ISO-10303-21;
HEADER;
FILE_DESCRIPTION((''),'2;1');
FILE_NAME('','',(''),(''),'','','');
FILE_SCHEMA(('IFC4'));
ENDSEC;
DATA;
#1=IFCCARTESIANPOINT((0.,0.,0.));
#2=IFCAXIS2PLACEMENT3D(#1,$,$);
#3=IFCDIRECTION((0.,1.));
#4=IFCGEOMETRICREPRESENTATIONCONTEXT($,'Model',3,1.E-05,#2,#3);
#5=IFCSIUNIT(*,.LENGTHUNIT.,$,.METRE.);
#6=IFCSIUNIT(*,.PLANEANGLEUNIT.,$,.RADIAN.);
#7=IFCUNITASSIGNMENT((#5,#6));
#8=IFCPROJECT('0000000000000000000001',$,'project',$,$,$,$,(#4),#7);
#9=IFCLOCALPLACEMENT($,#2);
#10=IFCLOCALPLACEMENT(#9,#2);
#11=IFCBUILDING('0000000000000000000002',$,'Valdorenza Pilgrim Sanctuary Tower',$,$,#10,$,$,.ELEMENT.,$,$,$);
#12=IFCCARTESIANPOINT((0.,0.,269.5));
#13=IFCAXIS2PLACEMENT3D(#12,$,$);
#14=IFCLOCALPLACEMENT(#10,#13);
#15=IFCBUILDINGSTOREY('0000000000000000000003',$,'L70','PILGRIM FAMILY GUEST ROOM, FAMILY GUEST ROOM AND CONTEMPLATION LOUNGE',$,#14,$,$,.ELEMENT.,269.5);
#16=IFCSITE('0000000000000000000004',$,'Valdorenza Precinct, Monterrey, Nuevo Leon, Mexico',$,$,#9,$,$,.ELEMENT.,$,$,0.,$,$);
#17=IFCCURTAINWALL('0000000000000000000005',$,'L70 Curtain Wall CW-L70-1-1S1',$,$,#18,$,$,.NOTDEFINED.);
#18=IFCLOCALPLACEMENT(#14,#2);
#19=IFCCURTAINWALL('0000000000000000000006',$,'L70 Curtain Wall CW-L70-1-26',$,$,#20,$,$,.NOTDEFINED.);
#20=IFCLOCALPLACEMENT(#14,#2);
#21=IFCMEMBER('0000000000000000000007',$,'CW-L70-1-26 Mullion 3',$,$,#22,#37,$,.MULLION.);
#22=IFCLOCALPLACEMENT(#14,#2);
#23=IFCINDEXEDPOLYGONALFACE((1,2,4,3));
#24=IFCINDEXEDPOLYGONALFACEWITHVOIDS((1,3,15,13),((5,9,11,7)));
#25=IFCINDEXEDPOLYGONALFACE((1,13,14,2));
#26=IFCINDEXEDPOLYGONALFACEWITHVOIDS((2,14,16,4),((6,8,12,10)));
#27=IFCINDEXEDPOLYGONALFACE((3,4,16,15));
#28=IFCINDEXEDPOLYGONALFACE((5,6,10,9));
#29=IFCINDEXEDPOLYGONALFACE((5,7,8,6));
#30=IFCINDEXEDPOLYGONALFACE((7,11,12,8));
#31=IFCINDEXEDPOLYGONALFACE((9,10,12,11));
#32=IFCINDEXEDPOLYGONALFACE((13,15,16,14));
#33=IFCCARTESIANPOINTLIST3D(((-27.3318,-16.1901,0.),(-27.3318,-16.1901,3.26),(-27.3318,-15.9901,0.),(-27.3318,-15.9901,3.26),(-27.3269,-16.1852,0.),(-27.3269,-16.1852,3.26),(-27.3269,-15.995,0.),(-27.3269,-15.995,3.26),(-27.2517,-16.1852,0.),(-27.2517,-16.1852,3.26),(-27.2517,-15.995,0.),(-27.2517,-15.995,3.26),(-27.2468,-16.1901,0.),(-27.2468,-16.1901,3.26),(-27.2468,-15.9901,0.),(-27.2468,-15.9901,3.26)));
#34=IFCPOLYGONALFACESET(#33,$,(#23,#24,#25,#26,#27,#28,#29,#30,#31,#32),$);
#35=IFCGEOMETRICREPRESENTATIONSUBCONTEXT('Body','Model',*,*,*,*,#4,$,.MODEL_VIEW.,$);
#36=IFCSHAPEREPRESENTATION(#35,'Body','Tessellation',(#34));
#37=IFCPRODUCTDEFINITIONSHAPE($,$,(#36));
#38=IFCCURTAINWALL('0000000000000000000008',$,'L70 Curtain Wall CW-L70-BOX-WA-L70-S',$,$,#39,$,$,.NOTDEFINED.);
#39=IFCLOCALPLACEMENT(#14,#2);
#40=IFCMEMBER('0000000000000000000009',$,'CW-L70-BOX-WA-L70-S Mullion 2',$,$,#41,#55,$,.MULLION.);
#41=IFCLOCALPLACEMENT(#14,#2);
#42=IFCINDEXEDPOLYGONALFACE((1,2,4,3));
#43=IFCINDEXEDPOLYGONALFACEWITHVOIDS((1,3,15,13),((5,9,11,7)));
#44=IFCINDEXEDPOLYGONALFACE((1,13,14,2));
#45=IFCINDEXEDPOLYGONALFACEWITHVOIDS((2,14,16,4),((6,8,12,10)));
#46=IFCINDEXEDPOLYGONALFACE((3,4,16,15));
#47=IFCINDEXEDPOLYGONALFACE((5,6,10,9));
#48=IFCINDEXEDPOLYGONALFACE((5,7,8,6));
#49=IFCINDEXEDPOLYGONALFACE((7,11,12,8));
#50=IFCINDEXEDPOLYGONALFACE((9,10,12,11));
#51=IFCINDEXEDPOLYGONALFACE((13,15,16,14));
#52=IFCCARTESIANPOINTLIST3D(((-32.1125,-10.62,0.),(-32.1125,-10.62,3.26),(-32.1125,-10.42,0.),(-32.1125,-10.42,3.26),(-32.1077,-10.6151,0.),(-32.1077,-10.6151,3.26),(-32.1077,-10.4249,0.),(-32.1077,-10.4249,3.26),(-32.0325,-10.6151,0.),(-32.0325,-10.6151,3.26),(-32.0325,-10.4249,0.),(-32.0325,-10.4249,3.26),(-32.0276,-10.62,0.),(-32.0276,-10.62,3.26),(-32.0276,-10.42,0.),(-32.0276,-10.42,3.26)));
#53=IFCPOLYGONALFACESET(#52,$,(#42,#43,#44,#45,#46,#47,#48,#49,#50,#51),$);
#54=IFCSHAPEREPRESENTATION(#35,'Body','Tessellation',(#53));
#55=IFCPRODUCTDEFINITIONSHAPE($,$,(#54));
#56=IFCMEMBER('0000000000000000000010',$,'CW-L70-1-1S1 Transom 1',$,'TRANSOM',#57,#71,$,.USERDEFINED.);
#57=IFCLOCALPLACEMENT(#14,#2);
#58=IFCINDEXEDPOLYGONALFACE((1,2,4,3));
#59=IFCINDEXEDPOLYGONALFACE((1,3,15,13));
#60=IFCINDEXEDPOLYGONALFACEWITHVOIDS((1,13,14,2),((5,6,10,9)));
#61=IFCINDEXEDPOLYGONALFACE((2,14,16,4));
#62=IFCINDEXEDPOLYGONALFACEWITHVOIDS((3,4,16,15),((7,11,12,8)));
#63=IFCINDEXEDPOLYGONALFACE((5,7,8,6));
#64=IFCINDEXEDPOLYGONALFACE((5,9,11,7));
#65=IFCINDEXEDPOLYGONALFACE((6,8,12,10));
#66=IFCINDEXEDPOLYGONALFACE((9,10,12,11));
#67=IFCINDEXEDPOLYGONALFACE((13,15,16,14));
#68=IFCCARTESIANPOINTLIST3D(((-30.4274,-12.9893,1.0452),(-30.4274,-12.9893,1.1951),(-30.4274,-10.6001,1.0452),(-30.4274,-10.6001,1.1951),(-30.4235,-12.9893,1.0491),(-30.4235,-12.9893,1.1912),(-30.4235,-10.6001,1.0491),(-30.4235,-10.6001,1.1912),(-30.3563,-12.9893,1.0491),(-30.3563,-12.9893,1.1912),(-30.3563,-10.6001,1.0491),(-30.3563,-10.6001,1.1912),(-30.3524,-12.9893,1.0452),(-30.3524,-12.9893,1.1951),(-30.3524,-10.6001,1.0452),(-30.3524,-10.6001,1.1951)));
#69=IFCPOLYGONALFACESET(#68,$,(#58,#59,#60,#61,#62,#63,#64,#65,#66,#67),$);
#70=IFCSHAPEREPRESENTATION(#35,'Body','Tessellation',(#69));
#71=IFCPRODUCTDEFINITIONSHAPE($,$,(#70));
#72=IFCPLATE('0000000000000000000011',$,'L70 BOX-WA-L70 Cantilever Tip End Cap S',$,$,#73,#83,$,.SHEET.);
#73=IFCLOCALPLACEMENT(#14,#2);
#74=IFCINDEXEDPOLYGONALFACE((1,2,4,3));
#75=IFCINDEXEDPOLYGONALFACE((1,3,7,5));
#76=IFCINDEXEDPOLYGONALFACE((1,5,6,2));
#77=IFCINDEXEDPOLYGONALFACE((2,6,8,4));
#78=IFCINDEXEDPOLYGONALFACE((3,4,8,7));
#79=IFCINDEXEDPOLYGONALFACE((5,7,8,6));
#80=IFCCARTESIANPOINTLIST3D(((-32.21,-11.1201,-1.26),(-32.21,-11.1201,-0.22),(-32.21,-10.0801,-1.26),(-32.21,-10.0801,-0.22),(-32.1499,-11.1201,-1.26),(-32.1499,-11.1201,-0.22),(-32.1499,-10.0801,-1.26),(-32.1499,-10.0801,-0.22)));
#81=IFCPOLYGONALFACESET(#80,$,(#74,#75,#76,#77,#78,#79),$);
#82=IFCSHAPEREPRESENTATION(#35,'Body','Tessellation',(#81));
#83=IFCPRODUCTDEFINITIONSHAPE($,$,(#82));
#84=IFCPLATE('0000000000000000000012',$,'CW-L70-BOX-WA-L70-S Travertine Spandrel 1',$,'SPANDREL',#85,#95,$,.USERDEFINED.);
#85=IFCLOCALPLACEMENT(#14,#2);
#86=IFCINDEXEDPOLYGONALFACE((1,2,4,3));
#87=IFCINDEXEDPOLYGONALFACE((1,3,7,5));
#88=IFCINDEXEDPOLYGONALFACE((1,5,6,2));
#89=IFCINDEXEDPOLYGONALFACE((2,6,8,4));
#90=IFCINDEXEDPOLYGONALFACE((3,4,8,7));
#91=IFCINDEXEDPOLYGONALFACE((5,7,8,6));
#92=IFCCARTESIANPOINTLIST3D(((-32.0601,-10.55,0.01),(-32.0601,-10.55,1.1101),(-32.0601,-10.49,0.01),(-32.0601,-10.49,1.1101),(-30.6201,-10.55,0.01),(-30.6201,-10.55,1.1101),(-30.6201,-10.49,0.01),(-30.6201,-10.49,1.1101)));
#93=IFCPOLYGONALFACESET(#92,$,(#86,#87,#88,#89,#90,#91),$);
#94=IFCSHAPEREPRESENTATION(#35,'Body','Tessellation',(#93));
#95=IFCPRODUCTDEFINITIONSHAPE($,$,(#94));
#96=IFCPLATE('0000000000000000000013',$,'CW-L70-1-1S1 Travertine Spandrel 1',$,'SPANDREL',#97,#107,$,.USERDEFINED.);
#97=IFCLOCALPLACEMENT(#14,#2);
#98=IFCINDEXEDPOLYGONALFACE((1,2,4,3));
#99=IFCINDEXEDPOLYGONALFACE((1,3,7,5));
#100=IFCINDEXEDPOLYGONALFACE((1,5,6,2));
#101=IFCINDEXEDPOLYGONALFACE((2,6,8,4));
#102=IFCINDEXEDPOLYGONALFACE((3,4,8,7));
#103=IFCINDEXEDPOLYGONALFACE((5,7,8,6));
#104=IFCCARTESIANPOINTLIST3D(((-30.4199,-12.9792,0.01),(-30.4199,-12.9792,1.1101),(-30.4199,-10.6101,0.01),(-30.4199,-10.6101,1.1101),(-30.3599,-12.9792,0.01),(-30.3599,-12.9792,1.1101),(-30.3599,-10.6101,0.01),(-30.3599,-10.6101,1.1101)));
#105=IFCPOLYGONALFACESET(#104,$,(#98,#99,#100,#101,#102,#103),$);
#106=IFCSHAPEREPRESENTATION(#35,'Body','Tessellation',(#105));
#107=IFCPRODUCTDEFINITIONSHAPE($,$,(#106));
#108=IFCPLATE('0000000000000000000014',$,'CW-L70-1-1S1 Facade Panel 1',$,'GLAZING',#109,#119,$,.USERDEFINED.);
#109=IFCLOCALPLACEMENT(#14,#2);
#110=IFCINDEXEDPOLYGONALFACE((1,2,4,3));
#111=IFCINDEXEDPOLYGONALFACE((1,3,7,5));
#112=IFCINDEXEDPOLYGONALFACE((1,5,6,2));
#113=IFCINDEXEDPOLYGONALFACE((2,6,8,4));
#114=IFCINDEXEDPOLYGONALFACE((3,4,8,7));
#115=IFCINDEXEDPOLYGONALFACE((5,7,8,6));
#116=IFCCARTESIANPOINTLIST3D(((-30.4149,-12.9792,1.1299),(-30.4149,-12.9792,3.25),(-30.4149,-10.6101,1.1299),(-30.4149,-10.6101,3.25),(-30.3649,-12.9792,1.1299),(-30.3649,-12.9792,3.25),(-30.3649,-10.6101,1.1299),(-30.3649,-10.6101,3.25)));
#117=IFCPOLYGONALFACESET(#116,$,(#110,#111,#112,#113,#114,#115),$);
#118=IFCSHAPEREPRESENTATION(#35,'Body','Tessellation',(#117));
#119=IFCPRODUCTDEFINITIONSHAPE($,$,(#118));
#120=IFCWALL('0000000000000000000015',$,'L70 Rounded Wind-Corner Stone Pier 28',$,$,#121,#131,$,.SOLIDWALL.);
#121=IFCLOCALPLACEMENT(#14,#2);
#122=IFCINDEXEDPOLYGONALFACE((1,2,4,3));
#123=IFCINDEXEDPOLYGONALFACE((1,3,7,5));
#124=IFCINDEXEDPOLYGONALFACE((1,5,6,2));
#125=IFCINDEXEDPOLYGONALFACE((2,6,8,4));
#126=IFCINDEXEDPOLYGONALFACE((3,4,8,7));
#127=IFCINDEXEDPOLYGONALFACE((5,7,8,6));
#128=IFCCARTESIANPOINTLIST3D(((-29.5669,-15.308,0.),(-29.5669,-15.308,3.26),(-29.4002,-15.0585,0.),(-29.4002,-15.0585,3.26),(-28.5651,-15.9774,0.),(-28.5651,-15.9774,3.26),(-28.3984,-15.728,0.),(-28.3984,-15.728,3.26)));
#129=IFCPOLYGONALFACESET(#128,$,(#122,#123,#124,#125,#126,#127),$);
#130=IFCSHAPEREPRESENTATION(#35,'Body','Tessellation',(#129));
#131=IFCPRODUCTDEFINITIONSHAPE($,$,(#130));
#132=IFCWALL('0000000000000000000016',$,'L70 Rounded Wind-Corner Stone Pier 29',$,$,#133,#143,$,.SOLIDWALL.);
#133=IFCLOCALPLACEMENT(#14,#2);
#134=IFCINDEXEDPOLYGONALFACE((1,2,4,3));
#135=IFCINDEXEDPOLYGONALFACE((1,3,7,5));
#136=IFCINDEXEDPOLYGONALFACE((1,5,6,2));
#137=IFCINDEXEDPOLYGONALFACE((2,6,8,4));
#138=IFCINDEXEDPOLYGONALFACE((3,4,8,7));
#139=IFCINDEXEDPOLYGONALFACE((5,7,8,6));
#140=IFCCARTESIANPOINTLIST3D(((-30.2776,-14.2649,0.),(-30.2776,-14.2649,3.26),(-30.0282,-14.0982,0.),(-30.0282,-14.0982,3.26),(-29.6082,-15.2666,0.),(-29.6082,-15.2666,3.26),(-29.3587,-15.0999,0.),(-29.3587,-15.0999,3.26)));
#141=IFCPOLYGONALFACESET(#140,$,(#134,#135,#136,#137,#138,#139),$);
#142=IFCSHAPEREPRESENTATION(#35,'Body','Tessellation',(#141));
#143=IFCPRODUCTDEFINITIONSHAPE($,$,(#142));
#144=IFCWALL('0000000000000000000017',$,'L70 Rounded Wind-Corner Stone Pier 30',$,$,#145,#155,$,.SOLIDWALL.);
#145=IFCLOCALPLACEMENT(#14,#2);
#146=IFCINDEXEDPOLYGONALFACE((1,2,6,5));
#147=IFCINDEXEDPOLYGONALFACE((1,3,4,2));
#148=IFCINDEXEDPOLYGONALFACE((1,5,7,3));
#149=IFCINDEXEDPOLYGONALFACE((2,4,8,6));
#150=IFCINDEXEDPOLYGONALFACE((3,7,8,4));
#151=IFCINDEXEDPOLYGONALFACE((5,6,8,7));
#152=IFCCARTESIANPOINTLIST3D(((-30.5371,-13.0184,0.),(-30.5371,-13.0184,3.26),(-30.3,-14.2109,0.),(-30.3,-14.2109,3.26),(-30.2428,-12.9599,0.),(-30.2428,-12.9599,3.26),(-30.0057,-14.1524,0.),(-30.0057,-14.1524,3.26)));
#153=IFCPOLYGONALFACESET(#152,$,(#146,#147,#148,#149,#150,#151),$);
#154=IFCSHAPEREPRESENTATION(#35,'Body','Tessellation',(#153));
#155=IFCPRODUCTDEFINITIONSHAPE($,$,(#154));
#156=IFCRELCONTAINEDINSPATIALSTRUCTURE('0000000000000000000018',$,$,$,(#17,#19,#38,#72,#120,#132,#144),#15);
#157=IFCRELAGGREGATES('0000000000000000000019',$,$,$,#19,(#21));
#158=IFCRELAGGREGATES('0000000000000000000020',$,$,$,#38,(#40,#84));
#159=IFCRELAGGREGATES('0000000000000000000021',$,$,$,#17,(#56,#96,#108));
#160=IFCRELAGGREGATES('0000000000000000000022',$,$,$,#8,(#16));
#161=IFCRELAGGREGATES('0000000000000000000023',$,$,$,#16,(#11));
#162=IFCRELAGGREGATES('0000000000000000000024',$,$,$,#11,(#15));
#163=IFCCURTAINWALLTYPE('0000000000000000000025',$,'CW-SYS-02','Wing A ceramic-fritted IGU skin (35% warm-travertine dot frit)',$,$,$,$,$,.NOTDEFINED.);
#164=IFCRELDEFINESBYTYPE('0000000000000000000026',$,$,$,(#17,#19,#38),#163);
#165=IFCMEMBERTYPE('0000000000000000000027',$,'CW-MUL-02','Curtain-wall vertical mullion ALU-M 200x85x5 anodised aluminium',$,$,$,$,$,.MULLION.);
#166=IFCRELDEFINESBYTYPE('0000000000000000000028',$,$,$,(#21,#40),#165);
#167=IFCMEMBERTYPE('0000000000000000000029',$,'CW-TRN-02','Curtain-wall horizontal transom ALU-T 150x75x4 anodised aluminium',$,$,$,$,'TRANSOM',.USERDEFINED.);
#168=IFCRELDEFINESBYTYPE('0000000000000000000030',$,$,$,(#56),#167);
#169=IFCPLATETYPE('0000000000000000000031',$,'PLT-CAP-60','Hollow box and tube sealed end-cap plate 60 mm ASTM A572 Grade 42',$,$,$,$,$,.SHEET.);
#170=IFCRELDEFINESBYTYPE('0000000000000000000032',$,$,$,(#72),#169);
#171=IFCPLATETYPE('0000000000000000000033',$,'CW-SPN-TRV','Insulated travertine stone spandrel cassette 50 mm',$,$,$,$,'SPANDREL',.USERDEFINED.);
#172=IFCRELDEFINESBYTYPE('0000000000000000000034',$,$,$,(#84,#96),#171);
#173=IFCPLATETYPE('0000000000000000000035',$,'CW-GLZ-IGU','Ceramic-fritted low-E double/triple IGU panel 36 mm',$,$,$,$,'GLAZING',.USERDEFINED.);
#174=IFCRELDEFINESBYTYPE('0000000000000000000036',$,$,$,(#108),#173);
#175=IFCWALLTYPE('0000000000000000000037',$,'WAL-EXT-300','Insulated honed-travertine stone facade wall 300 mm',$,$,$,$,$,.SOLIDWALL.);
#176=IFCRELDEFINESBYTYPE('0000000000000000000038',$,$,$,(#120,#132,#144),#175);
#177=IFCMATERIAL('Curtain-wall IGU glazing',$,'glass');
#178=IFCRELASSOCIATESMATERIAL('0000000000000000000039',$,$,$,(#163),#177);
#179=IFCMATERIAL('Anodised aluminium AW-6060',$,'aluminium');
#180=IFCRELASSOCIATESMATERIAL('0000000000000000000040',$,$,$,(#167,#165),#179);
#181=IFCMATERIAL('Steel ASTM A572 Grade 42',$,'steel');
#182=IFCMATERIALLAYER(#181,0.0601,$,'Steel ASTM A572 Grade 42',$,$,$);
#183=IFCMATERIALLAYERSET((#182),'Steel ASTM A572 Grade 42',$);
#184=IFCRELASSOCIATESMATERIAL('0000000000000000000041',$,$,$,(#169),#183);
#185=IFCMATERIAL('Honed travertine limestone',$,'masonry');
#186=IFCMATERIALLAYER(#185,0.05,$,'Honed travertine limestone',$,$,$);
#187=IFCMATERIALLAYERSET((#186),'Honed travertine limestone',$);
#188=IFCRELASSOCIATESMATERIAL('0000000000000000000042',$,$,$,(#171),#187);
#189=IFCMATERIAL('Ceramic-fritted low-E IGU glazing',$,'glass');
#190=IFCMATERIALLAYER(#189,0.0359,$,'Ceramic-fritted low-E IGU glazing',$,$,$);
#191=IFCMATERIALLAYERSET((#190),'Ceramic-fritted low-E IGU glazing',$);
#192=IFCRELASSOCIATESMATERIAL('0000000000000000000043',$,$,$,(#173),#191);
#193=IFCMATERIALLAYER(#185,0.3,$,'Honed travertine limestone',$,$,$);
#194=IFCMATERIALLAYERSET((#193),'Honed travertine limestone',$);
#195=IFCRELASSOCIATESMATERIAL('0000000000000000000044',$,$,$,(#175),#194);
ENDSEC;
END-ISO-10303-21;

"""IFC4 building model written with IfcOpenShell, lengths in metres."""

from ifc_helpers import new_model, si_unit, direction, frame, frame_2d, origin, origin_2d, place, context, subcontext, project, spatial, rectangle, hollow_rectangle, extrude, source, transform, mapped, material, layer, layer_set, material_profile, profile_set, type_object, element, aggregate, save


model = new_model("IFC4")

# Units and contexts
model_context = context("Model", 3, precision=1e-05, world=origin(), true_north=direction((0.0, 1.0)))
body_context = subcontext(model_context, "Body", "Model", "MODEL_VIEW")
ifc_project = project(units=[si_unit("LENGTHUNIT", "METRE"), si_unit("PLANEANGLEUNIT", "RADIAN")], contexts=[model_context])

# Site, building, storey
site_placement = place(None, origin())
site = spatial("IfcSite", under=ifc_project, at=site_placement, Name="Valdorenza Precinct, Monterrey, Nuevo Leon, Mexico", CompositionType="ELEMENT", RefElevation=0.0)
building_placement = place(site_placement, origin())
building = spatial("IfcBuilding", under=site, at=building_placement, Name="Valdorenza Pilgrim Sanctuary Tower", CompositionType="ELEMENT")
storey_placement = place(building_placement, frame((0.0, 0.0, 269.5)))
storey = spatial("IfcBuildingStorey", under=building, at=storey_placement, Name="L70", Description="PILGRIM FAMILY GUEST ROOM, FAMILY GUEST ROOM AND CONTEMPLATION LOUNGE", CompositionType="ELEMENT", Elevation=269.5)

# Shared definitions
ifc_material_1 = material(Name="Steel ASTM A572 Grade 42", Category="steel")

# Shared definitions
ifc_material_2 = material(Name="Curtain-wall IGU glazing", Category="glass")
curtain_wall_type = type_object("IfcCurtainWallType", Name="CW-SYS-02", Description="Wing A ceramic-fritted IGU skin (35% warm-travertine dot frit)", PredefinedType="NOTDEFINED", material=ifc_material_2)
ifc_material_3 = material(Name="Anodised aluminium AW-6060", Category="aluminium")
ifc_material_profile_1 = material_profile(ifc_material_3, hollow_rectangle(XDim=0.075, YDim=0.1499, WallThickness=0.0039, at=origin_2d()), Name="ALU-T 150x75x4")
ifc_profile_set_1 = profile_set([ifc_material_profile_1], Name="Anodised aluminium AW-6060")
member_type_1 = type_object("IfcMemberType", Name="CW-TRN-02", Description="Curtain-wall horizontal transom ALU-T 150x75x4 anodised aluminium", ElementType="TRANSOM", PredefinedType="USERDEFINED", material=ifc_profile_set_1)

# Curtain wall
curtain_wall_1_placement = place(storey_placement, origin())
curtain_wall_1 = element("IfcCurtainWall", 1, at=curtain_wall_1_placement, inside=storey, type_object=curtain_wall_type, Name="L70 Curtain Wall CW-L70-1-1S1", PredefinedType="NOTDEFINED")
ifc_material_profile_2 = material_profile(ifc_material_3, hollow_rectangle(XDim=0.085, YDim=0.2, WallThickness=0.0049, at=origin_2d()), Name="ALU-M 200x85x5")
ifc_profile_set_2 = profile_set([ifc_material_profile_2], Name="Anodised aluminium AW-6060")
member_type_2 = type_object("IfcMemberType", Name="CW-MUL-02", Description="Curtain-wall vertical mullion ALU-M 200x85x5 anodised aluminium", PredefinedType="MULLION", material=ifc_profile_set_2)
shared_shape_1 = source(origin(), body_context, "Body", "SweptSolid", [
    extrude(hollow_rectangle(XDim=0.085, YDim=0.2, WallThickness=0.0049, at=origin_2d()), origin(), (0.0, 0.0, 1.0), 3.26),
])

# Curtain walls, members
curtain_wall_2_placement = place(storey_placement, origin())
curtain_wall_2 = element("IfcCurtainWall", 2, at=curtain_wall_2_placement, inside=storey, type_object=curtain_wall_type, Name="L70 Curtain Wall CW-L70-1-26", PredefinedType="NOTDEFINED")
member_1_placement = place(storey_placement, frame((-27.2893, -16.0901, 0.0), z_axis=(0.0, 0.0, 1.0), x_axis=(-1.0, 0.0, 0.0)))
member_1 = element("IfcMember", 3, at=member_1_placement, type_object=member_type_2, Name="CW-L70-1-26 Mullion 3", PredefinedType="MULLION", context=body_context, shape_type="MappedRepresentation", body=[
    mapped(shared_shape_1, transform((0.0, 0.0, 0.0), x_axis=(1.0, 0.0, 0.0), y_axis=(0.0, 1.0, 0.0), z_axis=(0.0, 0.0, 1.0), scale=1.0)),
])
aggregate(curtain_wall_2, [member_1])
curtain_wall_3_placement = place(storey_placement, origin())
curtain_wall_3 = element("IfcCurtainWall", 4, at=curtain_wall_3_placement, inside=storey, type_object=curtain_wall_type, Name="L70 Curtain Wall CW-L70-BOX-WA-L70-S", PredefinedType="NOTDEFINED")
member_2_placement = place(storey_placement, frame((-32.0701, -10.52, 0.0), z_axis=(0.0, 0.0, 1.0), x_axis=(-1.0, 0.0, 0.0)))
member_2 = element("IfcMember", 5, at=member_2_placement, type_object=member_type_2, Name="CW-L70-BOX-WA-L70-S Mullion 2", PredefinedType="MULLION", context=body_context, shape_type="MappedRepresentation", body=[
    mapped(shared_shape_1, transform((0.0, 0.0, 0.0), x_axis=(1.0, 0.0, 0.0), y_axis=(0.0, 1.0, 0.0), z_axis=(0.0, 0.0, 1.0), scale=1.0)),
])

# Member
shared_shape_2 = source(origin(), body_context, "Body", "SweptSolid", [
    extrude(hollow_rectangle(XDim=0.075, YDim=0.1499, WallThickness=0.0039, at=origin_2d()), origin(), (0.0, 0.0, 1.0), 2.3892),
])
member_3_placement = place(storey_placement, frame((-30.3899, -12.9893, 1.1201), z_axis=(0.0, 1.0, 0.0), x_axis=(-1.0, 0.0, 0.0)))
member_3 = element("IfcMember", 6, at=member_3_placement, type_object=member_type_1, Name="CW-L70-1-1S1 Transom 1", ObjectType="TRANSOM", PredefinedType="USERDEFINED", context=body_context, shape_type="MappedRepresentation", body=[
    mapped(shared_shape_2, transform((0.0, 0.0, 0.0), x_axis=(1.0, 0.0, 0.0), y_axis=(0.0, 1.0, 0.0), z_axis=(0.0, 0.0, 1.0), scale=1.0)),
])

# Plates
ifc_layer_1 = layer(ifc_material_1, 0.0601, Name="Steel ASTM A572 Grade 42")
ifc_layer_set_1 = layer_set([ifc_layer_1], Name="Steel ASTM A572 Grade 42")
plate_type_1 = type_object("IfcPlateType", Name="PLT-CAP-60", Description="Hollow box and tube sealed end-cap plate 60 mm ASTM A572 Grade 42", PredefinedType="SHEET", material=ifc_layer_set_1)
shared_shape_3 = source(origin(), body_context, "Body", "SweptSolid", [
    extrude(rectangle(XDim=0.0601, YDim=1.04, at=origin_2d()), origin(), (0.0, 0.0, 1.0), 1.04),
])
plate_1_placement = place(storey_placement, frame((-32.1799, -10.6001, -1.26), z_axis=(0.0, 0.0, 1.0), x_axis=(1.0, 0.0, 0.0)))
element("IfcPlate", 7, at=plate_1_placement, inside=storey, type_object=plate_type_1, Name="L70 BOX-WA-L70 Cantilever Tip End Cap S", PredefinedType="SHEET", context=body_context, shape_type="MappedRepresentation", body=[
    mapped(shared_shape_3, transform((0.0, 0.0, 0.0), x_axis=(1.0, 0.0, 0.0), y_axis=(0.0, 1.0, 0.0), z_axis=(0.0, 0.0, 1.0), scale=1.0)),
])
ifc_material_4 = material(Name="Honed travertine limestone", Category="masonry")
ifc_layer_2 = layer(ifc_material_4, 0.05, Name="Honed travertine limestone")
ifc_layer_set_2 = layer_set([ifc_layer_2], Name="Honed travertine limestone")
plate_type_2 = type_object("IfcPlateType", Name="CW-SPN-TRV", Description="Insulated travertine stone spandrel cassette 50 mm", ElementType="SPANDREL", PredefinedType="USERDEFINED", material=ifc_layer_set_2)
shared_shape_4 = source(origin(), body_context, "Body", "SweptSolid", [
    extrude(rectangle(XDim=1.4399, YDim=0.0601, at=origin_2d()), origin(), (0.0, 0.0, 1.0), 1.1001),
])
plate_2_placement = place(storey_placement, frame((-31.3401, -10.52, 0.01), z_axis=(0.0, 0.0, 1.0), x_axis=(-1.0, 0.0, 0.0)))
plate_2 = element("IfcPlate", 8, at=plate_2_placement, type_object=plate_type_2, Name="CW-L70-BOX-WA-L70-S Travertine Spandrel 1", ObjectType="SPANDREL", PredefinedType="USERDEFINED", context=body_context, shape_type="MappedRepresentation", body=[
    mapped(shared_shape_4, transform((0.0, 0.0, 0.0), x_axis=(1.0, 0.0, 0.0), y_axis=(0.0, 1.0, 0.0), z_axis=(0.0, 0.0, 1.0), scale=1.0)),
])
aggregate(curtain_wall_3, [member_2, plate_2])
shared_shape_5 = source(origin(), body_context, "Body", "SweptSolid", [
    extrude(rectangle(XDim=2.3691, YDim=0.0601, at=origin_2d()), origin(), (0.0, 0.0, 1.0), 1.1001),
])
plate_3_placement = place(storey_placement, frame((-30.3899, -11.7947, 0.01), z_axis=(0.0, 0.0, 1.0), x_axis=(0.0, 1.0, 0.0)))
plate_3 = element("IfcPlate", 9, at=plate_3_placement, type_object=plate_type_2, Name="CW-L70-1-1S1 Travertine Spandrel 1", ObjectType="SPANDREL", PredefinedType="USERDEFINED", context=body_context, shape_type="MappedRepresentation", body=[
    mapped(shared_shape_5, transform((0.0, 0.0, 0.0), x_axis=(1.0, 0.0, 0.0), y_axis=(0.0, 1.0, 0.0), z_axis=(0.0, 0.0, 1.0), scale=1.0)),
])
ifc_material_5 = material(Name="Ceramic-fritted low-E IGU glazing", Category="glass")
ifc_layer_3 = layer(ifc_material_5, 0.0359, Name="Ceramic-fritted low-E IGU glazing")
ifc_layer_set_3 = layer_set([ifc_layer_3], Name="Ceramic-fritted low-E IGU glazing")
plate_type_3 = type_object("IfcPlateType", Name="CW-GLZ-IGU", Description="Ceramic-fritted low-E double/triple IGU panel 36 mm", ElementType="GLAZING", PredefinedType="USERDEFINED", material=ifc_layer_set_3)
shared_shape_6 = source(origin(), body_context, "Body", "SweptSolid", [
    extrude(rectangle(XDim=2.3691, YDim=0.05, at=origin_2d()), origin(), (0.0, 0.0, 1.0), 2.1201),
])
plate_4_placement = place(storey_placement, frame((-30.3899, -11.7947, 1.1299), z_axis=(0.0, 0.0, 1.0), x_axis=(0.0, 1.0, 0.0)))
plate_4 = element("IfcPlate", 10, at=plate_4_placement, type_object=plate_type_3, Name="CW-L70-1-1S1 Facade Panel 1", ObjectType="GLAZING", PredefinedType="USERDEFINED", context=body_context, shape_type="MappedRepresentation", body=[
    mapped(shared_shape_6, transform((0.0, 0.0, 0.0), x_axis=(1.0, 0.0, 0.0), y_axis=(0.0, 1.0, 0.0), z_axis=(0.0, 0.0, 1.0), scale=1.0)),
])
aggregate(curtain_wall_1, [member_3, plate_3, plate_4])

# Walls
ifc_layer_4 = layer(ifc_material_4, 0.3, Name="Honed travertine limestone")
ifc_layer_set_4 = layer_set([ifc_layer_4], Name="Honed travertine limestone")
wall_type = type_object("IfcWallType", Name="WAL-EXT-300", Description="Insulated honed-travertine stone facade wall 300 mm", PredefinedType="SOLIDWALL", material=ifc_layer_set_4)
for number, where, z_axis, x_axis, name in (
    (11, (-28.4817, -15.8528, 0.0), (0.0, 0.0, 1.0), (-0.831426, 0.555635, 0.0), "L70 Rounded Wind-Corner Stone Pier 28"),
    (12, (-29.4834, -15.1833, 0.0), (0.0, 0.0, 1.0), (-0.555635, 0.831426, 0.0), "L70 Rounded Wind-Corner Stone Pier 29"),
):
    element("IfcWall", number, at=place(storey_placement, frame(where, z_axis=z_axis, x_axis=x_axis)), inside=storey, type_object=wall_type, Name=name, PredefinedType="SOLIDWALL", context=body_context, shape_type="SweptSolid", body=[
        extrude(rectangle(XDim=1.2048, YDim=0.3, at=frame_2d((0.6025, 0.0))), origin(), (0.0, 0.0, 1.0), 3.26),
    ])
wall_placement = place(storey_placement, frame((-30.1528, -14.1816, 0.0), z_axis=(0.0, 0.0, 1.0), x_axis=(-0.194996, 0.980804, 0.0)))
element("IfcWall", 13, at=wall_placement, inside=storey, type_object=wall_type, Name="L70 Rounded Wind-Corner Stone Pier 30", PredefinedType="SOLIDWALL", context=body_context, shape_type="SweptSolid", body=[
    extrude(rectangle(XDim=1.2158, YDim=0.3, at=frame_2d((0.6079, 0.0))), origin(), (0.0, 0.0, 1.0), 3.26),
])

save(model, "model.ifc")
